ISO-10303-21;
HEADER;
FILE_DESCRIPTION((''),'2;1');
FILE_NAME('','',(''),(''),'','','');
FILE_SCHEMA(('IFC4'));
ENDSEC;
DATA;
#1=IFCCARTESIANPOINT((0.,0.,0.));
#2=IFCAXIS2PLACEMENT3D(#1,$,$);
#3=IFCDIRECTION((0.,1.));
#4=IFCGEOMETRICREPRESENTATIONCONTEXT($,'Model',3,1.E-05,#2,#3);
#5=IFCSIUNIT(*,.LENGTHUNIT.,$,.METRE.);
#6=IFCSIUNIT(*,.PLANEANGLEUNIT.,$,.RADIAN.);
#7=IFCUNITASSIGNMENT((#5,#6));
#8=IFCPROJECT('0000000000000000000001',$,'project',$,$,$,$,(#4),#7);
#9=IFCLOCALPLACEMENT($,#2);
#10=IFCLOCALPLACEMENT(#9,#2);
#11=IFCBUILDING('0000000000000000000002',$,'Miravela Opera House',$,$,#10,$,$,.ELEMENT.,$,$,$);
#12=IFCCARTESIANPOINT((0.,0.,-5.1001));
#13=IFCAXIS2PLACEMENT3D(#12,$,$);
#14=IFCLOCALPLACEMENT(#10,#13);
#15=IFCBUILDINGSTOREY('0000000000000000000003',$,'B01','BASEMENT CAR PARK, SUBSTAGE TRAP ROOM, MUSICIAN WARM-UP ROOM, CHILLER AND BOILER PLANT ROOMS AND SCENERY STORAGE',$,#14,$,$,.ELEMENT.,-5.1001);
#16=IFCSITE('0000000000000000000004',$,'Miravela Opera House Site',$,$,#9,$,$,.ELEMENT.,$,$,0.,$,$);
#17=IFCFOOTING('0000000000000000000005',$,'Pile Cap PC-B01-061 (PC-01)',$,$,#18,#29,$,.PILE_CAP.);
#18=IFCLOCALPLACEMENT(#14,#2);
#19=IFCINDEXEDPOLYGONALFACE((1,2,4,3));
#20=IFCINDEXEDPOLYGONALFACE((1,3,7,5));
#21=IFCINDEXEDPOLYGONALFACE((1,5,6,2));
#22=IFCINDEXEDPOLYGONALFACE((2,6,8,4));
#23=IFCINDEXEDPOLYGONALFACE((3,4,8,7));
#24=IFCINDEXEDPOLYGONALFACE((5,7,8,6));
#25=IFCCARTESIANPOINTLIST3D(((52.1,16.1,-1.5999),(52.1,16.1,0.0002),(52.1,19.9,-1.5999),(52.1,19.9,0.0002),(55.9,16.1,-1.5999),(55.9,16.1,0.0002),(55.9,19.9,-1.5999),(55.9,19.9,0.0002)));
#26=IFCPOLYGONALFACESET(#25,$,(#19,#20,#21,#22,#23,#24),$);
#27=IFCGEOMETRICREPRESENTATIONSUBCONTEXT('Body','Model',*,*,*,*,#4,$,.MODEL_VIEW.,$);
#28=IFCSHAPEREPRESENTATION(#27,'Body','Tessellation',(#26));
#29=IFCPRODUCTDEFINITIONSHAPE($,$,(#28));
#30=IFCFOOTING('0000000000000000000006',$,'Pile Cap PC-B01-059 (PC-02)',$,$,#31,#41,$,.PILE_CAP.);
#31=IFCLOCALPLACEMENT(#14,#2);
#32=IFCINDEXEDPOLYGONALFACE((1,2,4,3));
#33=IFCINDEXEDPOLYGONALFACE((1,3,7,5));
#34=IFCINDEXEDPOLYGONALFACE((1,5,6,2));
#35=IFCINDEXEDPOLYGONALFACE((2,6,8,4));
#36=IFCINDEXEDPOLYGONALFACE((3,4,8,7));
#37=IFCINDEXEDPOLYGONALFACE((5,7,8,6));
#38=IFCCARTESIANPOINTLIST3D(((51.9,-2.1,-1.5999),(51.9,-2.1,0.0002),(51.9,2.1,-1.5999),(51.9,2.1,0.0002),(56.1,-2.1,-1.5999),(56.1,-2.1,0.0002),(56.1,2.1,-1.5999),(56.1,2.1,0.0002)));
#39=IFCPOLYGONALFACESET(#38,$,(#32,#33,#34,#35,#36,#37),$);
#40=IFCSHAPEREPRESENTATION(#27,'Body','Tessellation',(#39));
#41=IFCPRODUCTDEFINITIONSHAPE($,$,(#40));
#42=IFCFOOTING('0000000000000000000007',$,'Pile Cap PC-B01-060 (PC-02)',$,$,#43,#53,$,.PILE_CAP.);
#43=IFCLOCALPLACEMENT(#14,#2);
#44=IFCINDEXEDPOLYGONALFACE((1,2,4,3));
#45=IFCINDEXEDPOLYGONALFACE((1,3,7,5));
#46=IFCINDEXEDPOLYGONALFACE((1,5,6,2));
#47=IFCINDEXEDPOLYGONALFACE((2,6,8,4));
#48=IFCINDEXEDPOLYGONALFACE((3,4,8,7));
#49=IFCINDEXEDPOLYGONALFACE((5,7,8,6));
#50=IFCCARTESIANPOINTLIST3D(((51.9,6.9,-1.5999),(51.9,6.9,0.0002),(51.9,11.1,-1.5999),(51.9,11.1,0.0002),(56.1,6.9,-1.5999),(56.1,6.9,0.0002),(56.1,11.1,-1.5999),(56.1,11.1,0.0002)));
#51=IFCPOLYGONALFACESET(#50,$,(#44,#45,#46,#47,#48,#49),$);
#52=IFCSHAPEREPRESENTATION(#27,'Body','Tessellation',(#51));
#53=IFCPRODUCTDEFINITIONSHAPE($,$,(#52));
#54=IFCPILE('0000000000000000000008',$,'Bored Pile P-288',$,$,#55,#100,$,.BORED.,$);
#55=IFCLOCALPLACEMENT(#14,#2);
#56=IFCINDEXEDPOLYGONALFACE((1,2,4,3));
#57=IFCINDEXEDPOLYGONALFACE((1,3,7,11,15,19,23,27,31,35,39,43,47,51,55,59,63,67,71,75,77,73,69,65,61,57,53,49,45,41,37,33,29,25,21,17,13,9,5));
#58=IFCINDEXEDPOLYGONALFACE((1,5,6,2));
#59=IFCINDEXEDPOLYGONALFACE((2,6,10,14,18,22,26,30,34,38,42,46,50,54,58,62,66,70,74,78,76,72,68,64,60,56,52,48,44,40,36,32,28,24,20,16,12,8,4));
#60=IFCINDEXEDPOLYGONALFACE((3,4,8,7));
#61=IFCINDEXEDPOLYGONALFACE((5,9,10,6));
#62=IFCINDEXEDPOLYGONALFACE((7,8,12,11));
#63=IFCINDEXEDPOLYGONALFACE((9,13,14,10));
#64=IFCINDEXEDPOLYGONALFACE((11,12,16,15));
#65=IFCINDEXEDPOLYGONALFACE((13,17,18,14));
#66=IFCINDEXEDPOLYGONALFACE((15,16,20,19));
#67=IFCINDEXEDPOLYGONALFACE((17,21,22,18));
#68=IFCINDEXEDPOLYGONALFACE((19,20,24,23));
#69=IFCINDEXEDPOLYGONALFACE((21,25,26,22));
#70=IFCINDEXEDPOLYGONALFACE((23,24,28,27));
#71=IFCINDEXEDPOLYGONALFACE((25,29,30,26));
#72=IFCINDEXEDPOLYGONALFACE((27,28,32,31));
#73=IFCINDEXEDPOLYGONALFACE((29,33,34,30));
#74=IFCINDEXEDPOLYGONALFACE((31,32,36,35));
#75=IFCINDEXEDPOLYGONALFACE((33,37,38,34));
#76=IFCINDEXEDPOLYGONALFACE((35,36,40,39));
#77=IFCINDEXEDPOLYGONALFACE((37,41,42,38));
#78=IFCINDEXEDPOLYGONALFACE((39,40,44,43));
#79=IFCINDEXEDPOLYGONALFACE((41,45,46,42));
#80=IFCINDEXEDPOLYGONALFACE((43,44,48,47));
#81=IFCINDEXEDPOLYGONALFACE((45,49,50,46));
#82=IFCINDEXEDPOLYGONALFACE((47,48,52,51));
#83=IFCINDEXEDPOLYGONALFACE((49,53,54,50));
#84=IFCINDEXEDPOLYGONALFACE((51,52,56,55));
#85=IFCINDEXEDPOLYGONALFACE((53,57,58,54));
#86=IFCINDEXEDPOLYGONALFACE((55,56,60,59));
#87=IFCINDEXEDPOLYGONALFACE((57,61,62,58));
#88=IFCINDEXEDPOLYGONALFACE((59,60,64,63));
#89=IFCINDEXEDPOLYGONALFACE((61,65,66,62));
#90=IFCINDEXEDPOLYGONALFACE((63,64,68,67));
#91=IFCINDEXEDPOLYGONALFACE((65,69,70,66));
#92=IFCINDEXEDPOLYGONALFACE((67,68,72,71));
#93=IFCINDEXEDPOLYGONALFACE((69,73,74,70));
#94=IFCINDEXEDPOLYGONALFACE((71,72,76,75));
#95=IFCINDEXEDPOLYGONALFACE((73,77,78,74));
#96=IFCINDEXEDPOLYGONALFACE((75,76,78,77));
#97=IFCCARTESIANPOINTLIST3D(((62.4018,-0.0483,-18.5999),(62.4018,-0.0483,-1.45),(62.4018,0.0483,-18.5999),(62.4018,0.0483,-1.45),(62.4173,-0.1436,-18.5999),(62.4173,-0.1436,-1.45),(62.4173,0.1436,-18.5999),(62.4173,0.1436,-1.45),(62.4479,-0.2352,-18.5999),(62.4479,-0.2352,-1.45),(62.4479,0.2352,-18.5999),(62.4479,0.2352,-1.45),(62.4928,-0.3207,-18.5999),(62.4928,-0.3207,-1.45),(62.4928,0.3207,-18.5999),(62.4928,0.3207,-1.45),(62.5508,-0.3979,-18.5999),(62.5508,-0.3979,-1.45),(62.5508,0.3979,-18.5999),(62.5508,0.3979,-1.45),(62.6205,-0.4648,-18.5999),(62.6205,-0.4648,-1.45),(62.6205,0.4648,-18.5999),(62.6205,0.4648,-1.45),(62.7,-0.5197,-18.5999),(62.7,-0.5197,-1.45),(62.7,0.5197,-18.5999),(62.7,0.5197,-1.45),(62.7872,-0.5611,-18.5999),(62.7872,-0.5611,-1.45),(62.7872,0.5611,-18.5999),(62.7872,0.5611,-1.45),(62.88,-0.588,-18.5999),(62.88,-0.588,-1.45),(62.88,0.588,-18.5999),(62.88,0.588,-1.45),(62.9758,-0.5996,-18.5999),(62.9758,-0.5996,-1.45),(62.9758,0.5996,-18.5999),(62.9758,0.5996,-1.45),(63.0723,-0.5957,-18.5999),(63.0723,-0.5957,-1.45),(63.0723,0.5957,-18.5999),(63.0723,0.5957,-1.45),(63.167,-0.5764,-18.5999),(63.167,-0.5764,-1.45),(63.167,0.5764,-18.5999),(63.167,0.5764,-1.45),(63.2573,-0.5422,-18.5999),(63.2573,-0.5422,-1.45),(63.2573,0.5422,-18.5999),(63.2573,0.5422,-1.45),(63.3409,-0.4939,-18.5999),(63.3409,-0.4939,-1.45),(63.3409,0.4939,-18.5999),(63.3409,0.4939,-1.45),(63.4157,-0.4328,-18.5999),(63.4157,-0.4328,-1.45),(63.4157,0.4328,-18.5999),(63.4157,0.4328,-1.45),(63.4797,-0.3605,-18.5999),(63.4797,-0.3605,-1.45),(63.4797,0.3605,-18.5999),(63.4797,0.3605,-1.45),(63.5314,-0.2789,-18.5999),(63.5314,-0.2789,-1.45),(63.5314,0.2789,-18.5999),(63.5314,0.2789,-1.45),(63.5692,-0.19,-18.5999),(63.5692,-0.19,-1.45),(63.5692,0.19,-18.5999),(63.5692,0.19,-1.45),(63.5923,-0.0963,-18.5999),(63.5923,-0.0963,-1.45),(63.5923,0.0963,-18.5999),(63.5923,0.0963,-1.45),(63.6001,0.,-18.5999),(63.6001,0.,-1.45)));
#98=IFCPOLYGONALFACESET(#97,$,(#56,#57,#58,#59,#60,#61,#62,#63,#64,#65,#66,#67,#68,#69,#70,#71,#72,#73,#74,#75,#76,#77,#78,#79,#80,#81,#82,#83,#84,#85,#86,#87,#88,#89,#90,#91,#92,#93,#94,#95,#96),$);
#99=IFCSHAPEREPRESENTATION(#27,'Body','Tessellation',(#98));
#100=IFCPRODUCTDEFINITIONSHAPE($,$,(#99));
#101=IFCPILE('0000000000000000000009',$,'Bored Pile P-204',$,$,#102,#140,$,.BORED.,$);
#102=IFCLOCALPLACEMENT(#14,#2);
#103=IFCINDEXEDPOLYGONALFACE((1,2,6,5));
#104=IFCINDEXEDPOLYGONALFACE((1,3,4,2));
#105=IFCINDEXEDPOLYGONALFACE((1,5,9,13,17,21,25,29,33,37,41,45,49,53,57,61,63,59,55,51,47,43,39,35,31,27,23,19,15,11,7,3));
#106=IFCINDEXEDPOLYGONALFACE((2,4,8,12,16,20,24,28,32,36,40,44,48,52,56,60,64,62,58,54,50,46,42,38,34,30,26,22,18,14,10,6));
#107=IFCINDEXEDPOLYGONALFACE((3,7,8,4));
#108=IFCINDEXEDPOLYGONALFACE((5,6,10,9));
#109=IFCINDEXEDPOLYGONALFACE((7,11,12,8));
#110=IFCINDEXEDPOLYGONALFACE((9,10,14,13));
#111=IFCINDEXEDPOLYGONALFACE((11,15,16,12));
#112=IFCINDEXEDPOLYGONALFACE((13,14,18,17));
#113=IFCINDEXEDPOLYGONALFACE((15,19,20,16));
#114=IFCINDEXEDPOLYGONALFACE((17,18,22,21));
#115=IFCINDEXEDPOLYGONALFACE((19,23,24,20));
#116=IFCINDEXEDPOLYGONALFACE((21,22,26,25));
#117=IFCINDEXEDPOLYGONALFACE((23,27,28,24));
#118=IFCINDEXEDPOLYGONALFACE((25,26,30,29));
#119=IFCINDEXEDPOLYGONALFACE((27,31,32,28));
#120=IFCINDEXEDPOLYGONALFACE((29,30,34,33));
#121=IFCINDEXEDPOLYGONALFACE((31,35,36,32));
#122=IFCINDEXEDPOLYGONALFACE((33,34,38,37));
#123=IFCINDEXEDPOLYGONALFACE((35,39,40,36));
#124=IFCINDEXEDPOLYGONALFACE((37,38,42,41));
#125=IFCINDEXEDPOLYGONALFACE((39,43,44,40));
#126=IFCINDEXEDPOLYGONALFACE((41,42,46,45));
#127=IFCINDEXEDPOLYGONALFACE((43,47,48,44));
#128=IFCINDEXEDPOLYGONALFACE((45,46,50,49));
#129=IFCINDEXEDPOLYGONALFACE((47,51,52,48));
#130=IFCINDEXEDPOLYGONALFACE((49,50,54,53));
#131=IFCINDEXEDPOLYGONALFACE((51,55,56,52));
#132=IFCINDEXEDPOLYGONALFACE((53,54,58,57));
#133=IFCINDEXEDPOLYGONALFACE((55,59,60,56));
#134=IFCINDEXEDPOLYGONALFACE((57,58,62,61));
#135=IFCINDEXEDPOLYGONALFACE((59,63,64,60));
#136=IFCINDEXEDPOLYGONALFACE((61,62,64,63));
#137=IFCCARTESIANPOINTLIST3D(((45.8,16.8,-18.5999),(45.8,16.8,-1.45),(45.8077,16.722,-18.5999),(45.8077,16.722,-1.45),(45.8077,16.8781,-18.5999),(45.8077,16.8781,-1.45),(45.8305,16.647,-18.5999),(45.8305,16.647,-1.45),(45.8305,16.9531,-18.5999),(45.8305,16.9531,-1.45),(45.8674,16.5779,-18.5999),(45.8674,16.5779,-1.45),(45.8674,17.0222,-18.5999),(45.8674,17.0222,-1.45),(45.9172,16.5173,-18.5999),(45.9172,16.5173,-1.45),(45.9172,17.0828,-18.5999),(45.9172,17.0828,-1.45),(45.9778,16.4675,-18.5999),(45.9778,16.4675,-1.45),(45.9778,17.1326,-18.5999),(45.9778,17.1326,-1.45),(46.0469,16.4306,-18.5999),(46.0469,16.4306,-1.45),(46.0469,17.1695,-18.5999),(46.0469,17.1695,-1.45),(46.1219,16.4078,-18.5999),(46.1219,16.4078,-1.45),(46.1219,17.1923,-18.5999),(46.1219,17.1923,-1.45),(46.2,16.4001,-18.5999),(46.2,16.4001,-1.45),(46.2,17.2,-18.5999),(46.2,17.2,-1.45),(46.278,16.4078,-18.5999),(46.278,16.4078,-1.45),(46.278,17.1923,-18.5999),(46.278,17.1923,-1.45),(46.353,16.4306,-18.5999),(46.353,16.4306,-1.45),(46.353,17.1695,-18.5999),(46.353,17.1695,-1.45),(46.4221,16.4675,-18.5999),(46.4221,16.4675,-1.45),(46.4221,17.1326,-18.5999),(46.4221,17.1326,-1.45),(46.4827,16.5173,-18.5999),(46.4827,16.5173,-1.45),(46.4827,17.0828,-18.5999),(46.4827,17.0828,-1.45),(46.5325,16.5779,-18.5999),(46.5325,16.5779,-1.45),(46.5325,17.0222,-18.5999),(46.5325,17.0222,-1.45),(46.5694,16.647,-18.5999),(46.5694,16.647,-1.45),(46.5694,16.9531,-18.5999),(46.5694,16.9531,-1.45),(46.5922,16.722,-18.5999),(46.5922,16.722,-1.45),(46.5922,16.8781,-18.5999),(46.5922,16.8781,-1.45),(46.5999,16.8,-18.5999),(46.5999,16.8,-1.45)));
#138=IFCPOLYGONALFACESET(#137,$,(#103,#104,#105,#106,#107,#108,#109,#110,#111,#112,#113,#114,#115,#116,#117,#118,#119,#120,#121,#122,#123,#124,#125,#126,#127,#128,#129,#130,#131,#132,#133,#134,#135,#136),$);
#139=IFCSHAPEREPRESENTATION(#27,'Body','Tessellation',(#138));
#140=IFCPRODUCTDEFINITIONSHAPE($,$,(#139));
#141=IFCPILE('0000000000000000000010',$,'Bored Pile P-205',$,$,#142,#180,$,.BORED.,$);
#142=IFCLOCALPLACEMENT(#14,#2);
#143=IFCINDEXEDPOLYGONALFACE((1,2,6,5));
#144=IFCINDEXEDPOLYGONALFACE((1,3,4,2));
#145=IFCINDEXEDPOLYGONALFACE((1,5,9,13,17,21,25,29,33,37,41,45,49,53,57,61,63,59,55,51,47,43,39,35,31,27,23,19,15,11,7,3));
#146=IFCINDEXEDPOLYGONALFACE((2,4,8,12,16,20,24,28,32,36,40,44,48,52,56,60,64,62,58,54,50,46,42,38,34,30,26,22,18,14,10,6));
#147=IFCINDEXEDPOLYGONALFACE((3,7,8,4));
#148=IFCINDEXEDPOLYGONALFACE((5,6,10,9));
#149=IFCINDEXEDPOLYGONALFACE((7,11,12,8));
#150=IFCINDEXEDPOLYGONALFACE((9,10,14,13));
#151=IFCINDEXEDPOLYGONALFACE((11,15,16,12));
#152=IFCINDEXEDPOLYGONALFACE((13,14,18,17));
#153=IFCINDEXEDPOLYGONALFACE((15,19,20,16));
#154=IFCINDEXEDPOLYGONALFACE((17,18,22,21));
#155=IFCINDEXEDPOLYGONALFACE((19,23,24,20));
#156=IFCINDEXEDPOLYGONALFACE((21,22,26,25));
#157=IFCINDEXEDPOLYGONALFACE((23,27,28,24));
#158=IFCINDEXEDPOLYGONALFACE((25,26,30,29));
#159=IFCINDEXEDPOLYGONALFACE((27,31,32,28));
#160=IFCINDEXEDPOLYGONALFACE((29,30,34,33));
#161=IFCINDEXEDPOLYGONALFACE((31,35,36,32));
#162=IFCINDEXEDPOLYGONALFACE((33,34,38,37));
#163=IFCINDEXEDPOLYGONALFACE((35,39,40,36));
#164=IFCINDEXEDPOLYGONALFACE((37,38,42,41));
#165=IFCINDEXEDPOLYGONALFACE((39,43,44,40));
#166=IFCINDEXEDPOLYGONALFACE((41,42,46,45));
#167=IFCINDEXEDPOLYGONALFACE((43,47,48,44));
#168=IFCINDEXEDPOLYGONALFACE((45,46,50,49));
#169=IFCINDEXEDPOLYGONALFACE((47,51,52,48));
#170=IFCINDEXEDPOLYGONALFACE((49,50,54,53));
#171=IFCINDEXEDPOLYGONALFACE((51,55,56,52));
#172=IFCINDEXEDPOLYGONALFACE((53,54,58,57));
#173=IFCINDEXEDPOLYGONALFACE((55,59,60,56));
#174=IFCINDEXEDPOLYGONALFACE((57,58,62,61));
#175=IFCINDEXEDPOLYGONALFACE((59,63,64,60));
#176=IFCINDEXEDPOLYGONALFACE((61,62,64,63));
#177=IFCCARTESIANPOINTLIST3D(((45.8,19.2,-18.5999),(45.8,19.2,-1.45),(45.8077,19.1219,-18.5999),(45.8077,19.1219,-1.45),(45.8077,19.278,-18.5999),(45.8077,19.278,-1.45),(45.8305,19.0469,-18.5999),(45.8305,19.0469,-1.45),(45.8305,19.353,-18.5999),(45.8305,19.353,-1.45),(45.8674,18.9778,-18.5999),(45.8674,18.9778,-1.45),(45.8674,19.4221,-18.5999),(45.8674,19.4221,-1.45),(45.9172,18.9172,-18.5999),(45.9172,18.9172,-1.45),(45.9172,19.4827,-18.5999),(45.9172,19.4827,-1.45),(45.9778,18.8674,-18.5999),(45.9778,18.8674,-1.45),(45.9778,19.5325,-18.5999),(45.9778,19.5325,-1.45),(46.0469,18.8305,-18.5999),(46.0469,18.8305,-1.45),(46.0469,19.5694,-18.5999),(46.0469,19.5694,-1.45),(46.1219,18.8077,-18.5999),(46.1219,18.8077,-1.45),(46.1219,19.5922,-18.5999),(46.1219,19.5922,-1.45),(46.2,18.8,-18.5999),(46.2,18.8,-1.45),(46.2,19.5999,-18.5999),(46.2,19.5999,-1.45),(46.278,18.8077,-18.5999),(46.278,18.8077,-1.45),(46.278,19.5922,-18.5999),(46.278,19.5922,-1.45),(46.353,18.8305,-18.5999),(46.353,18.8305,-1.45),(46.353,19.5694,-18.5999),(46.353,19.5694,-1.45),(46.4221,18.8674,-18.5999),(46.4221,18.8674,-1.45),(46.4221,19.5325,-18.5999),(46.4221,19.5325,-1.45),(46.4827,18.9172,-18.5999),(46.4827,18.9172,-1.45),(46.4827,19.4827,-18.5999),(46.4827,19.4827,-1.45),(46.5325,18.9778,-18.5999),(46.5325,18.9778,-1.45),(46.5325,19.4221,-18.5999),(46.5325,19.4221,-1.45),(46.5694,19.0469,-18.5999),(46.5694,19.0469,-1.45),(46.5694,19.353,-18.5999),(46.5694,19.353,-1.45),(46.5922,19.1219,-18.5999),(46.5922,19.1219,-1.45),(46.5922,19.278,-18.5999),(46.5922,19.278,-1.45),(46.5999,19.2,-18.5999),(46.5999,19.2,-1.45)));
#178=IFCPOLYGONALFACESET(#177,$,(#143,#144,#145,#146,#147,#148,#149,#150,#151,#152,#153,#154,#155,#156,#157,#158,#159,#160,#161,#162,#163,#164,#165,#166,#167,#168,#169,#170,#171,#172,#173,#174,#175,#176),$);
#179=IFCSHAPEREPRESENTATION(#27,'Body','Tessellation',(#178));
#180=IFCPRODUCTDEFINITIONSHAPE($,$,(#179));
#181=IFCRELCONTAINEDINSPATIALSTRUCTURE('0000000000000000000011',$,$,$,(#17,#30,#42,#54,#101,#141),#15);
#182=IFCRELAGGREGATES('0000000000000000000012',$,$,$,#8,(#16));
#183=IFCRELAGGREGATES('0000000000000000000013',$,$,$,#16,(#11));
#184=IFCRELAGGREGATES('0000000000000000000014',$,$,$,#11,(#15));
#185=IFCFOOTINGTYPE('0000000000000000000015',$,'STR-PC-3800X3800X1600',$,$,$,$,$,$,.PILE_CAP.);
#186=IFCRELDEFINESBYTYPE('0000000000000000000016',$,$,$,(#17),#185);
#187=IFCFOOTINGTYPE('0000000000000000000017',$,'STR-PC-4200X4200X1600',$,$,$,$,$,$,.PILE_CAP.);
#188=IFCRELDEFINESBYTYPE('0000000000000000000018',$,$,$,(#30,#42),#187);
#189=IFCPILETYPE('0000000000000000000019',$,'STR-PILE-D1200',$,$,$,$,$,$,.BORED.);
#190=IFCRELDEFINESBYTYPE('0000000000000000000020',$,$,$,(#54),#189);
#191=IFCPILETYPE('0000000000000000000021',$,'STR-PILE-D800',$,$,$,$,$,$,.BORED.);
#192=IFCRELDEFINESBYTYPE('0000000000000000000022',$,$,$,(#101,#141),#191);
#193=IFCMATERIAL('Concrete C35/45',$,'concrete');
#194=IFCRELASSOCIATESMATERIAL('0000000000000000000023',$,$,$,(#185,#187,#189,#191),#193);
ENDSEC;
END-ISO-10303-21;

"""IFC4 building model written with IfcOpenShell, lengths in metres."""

from ifc_helpers import new_model, si_unit, direction, frame, origin, origin_2d, place, context, subcontext, project, spatial, rectangle, circle, extrude, material, material_profile, profile_set, type_object, element, save


model = new_model("IFC4")

# Units and contexts
model_context = context("Model", 3, precision=1e-05, world=origin(), true_north=direction((0.0, 1.0)))
body_context = subcontext(model_context, "Body", "Model", "MODEL_VIEW")
ifc_project = project(units=[si_unit("LENGTHUNIT", "METRE"), si_unit("PLANEANGLEUNIT", "RADIAN")], contexts=[model_context])

# Site, building, storey
site_placement = place(None, origin())
site = spatial("IfcSite", under=ifc_project, at=site_placement, Name="Miravela Opera House Site", CompositionType="ELEMENT", RefElevation=0.0)
building_placement = place(site_placement, origin())
building = spatial("IfcBuilding", under=site, at=building_placement, Name="Miravela Opera House", CompositionType="ELEMENT")
storey_placement = place(building_placement, frame((0.0, 0.0, -5.1001)))
storey = spatial("IfcBuildingStorey", under=building, at=storey_placement, Name="B01", Description="BASEMENT CAR PARK, SUBSTAGE TRAP ROOM, MUSICIAN WARM-UP ROOM, CHILLER AND BOILER PLANT ROOMS AND SCENERY STORAGE", CompositionType="ELEMENT", Elevation=-5.1001)

# Footings
ifc_material_1 = material(Name="Concrete C35/45", Category="concrete")
footing_type_1 = type_object("IfcFootingType", Name="STR-PC-3800X3800X1600", PredefinedType="PILE_CAP", material=ifc_material_1)
footing_placement = place(storey_placement, frame((54.0, 18.0, -1.5999), z_axis=(0.0, 0.0, 1.0), x_axis=(1.0, 0.0, 0.0)))
element("IfcFooting", 1, at=footing_placement, inside=storey, type_object=footing_type_1, Name="Pile Cap PC-B01-061 (PC-01)", PredefinedType="PILE_CAP", context=body_context, shape_type="SweptSolid", body=[
    extrude(rectangle(XDim=3.8, YDim=3.8, at=origin_2d()), origin(), (0.0, 0.0, 1.0), 1.6001),
])
footing_type_2 = type_object("IfcFootingType", Name="STR-PC-4200X4200X1600", PredefinedType="PILE_CAP", material=ifc_material_1)
for number, where, z_axis, x_axis, name in (
    (2, (54.0, 0.0, -1.5999), (0.0, 0.0, 1.0), (1.0, 0.0, 0.0), "Pile Cap PC-B01-059 (PC-02)"),
    (3, (54.0, 9.0, -1.5999), (0.0, 0.0, 1.0), (1.0, 0.0, 0.0), "Pile Cap PC-B01-060 (PC-02)"),
):
    element("IfcFooting", number, at=place(storey_placement, frame(where, z_axis=z_axis, x_axis=x_axis)), inside=storey, type_object=footing_type_2, Name=name, PredefinedType="PILE_CAP", context=body_context, shape_type="SweptSolid", body=[
        extrude(rectangle(XDim=4.2, YDim=4.2, at=origin_2d()), origin(), (0.0, 0.0, 1.0), 1.6001),
    ])

# Piles
ifc_material_profile_1 = material_profile(ifc_material_1, circle(Radius=0.6001, at=origin_2d()), Name="PILE-D1200")
ifc_profile_set_1 = profile_set([ifc_material_profile_1])
pile_type_1 = type_object("IfcPileType", Name="STR-PILE-D1200", PredefinedType="BORED", material=ifc_profile_set_1)
pile_placement = place(storey_placement, frame((63.0, 0.0, -1.45), z_axis=(0.0, 0.0, -1.0), x_axis=(1.0, 0.0, 0.0)))
element("IfcPile", 4, at=pile_placement, inside=storey, type_object=pile_type_1, Name="Bored Pile P-288", PredefinedType="BORED", context=body_context, shape_type="SweptSolid", body=[
    extrude(circle(Radius=0.6001, at=origin_2d()), origin(), (0.0, 0.0, 1.0), 17.1499),
])
ifc_material_profile_2 = material_profile(ifc_material_1, circle(Radius=0.3999, at=origin_2d()), Name="PILE-D800")
ifc_profile_set_2 = profile_set([ifc_material_profile_2])
pile_type_2 = type_object("IfcPileType", Name="STR-PILE-D800", PredefinedType="BORED", material=ifc_profile_set_2)
for number, where, z_axis, x_axis, name in (
    (5, (46.2, 16.8, -1.45), (0.0, 0.0, -1.0), (1.0, 0.0, 0.0), "Bored Pile P-204"),
    (6, (46.2, 19.2, -1.45), (0.0, 0.0, -1.0), (1.0, 0.0, 0.0), "Bored Pile P-205"),
):
    element("IfcPile", number, at=place(storey_placement, frame(where, z_axis=z_axis, x_axis=x_axis)), inside=storey, type_object=pile_type_2, Name=name, PredefinedType="BORED", context=body_context, shape_type="SweptSolid", body=[
        extrude(circle(Radius=0.3999, at=origin_2d()), origin(), (0.0, 0.0, 1.0), 17.1499),
    ])

save(model, "model.ifc")
